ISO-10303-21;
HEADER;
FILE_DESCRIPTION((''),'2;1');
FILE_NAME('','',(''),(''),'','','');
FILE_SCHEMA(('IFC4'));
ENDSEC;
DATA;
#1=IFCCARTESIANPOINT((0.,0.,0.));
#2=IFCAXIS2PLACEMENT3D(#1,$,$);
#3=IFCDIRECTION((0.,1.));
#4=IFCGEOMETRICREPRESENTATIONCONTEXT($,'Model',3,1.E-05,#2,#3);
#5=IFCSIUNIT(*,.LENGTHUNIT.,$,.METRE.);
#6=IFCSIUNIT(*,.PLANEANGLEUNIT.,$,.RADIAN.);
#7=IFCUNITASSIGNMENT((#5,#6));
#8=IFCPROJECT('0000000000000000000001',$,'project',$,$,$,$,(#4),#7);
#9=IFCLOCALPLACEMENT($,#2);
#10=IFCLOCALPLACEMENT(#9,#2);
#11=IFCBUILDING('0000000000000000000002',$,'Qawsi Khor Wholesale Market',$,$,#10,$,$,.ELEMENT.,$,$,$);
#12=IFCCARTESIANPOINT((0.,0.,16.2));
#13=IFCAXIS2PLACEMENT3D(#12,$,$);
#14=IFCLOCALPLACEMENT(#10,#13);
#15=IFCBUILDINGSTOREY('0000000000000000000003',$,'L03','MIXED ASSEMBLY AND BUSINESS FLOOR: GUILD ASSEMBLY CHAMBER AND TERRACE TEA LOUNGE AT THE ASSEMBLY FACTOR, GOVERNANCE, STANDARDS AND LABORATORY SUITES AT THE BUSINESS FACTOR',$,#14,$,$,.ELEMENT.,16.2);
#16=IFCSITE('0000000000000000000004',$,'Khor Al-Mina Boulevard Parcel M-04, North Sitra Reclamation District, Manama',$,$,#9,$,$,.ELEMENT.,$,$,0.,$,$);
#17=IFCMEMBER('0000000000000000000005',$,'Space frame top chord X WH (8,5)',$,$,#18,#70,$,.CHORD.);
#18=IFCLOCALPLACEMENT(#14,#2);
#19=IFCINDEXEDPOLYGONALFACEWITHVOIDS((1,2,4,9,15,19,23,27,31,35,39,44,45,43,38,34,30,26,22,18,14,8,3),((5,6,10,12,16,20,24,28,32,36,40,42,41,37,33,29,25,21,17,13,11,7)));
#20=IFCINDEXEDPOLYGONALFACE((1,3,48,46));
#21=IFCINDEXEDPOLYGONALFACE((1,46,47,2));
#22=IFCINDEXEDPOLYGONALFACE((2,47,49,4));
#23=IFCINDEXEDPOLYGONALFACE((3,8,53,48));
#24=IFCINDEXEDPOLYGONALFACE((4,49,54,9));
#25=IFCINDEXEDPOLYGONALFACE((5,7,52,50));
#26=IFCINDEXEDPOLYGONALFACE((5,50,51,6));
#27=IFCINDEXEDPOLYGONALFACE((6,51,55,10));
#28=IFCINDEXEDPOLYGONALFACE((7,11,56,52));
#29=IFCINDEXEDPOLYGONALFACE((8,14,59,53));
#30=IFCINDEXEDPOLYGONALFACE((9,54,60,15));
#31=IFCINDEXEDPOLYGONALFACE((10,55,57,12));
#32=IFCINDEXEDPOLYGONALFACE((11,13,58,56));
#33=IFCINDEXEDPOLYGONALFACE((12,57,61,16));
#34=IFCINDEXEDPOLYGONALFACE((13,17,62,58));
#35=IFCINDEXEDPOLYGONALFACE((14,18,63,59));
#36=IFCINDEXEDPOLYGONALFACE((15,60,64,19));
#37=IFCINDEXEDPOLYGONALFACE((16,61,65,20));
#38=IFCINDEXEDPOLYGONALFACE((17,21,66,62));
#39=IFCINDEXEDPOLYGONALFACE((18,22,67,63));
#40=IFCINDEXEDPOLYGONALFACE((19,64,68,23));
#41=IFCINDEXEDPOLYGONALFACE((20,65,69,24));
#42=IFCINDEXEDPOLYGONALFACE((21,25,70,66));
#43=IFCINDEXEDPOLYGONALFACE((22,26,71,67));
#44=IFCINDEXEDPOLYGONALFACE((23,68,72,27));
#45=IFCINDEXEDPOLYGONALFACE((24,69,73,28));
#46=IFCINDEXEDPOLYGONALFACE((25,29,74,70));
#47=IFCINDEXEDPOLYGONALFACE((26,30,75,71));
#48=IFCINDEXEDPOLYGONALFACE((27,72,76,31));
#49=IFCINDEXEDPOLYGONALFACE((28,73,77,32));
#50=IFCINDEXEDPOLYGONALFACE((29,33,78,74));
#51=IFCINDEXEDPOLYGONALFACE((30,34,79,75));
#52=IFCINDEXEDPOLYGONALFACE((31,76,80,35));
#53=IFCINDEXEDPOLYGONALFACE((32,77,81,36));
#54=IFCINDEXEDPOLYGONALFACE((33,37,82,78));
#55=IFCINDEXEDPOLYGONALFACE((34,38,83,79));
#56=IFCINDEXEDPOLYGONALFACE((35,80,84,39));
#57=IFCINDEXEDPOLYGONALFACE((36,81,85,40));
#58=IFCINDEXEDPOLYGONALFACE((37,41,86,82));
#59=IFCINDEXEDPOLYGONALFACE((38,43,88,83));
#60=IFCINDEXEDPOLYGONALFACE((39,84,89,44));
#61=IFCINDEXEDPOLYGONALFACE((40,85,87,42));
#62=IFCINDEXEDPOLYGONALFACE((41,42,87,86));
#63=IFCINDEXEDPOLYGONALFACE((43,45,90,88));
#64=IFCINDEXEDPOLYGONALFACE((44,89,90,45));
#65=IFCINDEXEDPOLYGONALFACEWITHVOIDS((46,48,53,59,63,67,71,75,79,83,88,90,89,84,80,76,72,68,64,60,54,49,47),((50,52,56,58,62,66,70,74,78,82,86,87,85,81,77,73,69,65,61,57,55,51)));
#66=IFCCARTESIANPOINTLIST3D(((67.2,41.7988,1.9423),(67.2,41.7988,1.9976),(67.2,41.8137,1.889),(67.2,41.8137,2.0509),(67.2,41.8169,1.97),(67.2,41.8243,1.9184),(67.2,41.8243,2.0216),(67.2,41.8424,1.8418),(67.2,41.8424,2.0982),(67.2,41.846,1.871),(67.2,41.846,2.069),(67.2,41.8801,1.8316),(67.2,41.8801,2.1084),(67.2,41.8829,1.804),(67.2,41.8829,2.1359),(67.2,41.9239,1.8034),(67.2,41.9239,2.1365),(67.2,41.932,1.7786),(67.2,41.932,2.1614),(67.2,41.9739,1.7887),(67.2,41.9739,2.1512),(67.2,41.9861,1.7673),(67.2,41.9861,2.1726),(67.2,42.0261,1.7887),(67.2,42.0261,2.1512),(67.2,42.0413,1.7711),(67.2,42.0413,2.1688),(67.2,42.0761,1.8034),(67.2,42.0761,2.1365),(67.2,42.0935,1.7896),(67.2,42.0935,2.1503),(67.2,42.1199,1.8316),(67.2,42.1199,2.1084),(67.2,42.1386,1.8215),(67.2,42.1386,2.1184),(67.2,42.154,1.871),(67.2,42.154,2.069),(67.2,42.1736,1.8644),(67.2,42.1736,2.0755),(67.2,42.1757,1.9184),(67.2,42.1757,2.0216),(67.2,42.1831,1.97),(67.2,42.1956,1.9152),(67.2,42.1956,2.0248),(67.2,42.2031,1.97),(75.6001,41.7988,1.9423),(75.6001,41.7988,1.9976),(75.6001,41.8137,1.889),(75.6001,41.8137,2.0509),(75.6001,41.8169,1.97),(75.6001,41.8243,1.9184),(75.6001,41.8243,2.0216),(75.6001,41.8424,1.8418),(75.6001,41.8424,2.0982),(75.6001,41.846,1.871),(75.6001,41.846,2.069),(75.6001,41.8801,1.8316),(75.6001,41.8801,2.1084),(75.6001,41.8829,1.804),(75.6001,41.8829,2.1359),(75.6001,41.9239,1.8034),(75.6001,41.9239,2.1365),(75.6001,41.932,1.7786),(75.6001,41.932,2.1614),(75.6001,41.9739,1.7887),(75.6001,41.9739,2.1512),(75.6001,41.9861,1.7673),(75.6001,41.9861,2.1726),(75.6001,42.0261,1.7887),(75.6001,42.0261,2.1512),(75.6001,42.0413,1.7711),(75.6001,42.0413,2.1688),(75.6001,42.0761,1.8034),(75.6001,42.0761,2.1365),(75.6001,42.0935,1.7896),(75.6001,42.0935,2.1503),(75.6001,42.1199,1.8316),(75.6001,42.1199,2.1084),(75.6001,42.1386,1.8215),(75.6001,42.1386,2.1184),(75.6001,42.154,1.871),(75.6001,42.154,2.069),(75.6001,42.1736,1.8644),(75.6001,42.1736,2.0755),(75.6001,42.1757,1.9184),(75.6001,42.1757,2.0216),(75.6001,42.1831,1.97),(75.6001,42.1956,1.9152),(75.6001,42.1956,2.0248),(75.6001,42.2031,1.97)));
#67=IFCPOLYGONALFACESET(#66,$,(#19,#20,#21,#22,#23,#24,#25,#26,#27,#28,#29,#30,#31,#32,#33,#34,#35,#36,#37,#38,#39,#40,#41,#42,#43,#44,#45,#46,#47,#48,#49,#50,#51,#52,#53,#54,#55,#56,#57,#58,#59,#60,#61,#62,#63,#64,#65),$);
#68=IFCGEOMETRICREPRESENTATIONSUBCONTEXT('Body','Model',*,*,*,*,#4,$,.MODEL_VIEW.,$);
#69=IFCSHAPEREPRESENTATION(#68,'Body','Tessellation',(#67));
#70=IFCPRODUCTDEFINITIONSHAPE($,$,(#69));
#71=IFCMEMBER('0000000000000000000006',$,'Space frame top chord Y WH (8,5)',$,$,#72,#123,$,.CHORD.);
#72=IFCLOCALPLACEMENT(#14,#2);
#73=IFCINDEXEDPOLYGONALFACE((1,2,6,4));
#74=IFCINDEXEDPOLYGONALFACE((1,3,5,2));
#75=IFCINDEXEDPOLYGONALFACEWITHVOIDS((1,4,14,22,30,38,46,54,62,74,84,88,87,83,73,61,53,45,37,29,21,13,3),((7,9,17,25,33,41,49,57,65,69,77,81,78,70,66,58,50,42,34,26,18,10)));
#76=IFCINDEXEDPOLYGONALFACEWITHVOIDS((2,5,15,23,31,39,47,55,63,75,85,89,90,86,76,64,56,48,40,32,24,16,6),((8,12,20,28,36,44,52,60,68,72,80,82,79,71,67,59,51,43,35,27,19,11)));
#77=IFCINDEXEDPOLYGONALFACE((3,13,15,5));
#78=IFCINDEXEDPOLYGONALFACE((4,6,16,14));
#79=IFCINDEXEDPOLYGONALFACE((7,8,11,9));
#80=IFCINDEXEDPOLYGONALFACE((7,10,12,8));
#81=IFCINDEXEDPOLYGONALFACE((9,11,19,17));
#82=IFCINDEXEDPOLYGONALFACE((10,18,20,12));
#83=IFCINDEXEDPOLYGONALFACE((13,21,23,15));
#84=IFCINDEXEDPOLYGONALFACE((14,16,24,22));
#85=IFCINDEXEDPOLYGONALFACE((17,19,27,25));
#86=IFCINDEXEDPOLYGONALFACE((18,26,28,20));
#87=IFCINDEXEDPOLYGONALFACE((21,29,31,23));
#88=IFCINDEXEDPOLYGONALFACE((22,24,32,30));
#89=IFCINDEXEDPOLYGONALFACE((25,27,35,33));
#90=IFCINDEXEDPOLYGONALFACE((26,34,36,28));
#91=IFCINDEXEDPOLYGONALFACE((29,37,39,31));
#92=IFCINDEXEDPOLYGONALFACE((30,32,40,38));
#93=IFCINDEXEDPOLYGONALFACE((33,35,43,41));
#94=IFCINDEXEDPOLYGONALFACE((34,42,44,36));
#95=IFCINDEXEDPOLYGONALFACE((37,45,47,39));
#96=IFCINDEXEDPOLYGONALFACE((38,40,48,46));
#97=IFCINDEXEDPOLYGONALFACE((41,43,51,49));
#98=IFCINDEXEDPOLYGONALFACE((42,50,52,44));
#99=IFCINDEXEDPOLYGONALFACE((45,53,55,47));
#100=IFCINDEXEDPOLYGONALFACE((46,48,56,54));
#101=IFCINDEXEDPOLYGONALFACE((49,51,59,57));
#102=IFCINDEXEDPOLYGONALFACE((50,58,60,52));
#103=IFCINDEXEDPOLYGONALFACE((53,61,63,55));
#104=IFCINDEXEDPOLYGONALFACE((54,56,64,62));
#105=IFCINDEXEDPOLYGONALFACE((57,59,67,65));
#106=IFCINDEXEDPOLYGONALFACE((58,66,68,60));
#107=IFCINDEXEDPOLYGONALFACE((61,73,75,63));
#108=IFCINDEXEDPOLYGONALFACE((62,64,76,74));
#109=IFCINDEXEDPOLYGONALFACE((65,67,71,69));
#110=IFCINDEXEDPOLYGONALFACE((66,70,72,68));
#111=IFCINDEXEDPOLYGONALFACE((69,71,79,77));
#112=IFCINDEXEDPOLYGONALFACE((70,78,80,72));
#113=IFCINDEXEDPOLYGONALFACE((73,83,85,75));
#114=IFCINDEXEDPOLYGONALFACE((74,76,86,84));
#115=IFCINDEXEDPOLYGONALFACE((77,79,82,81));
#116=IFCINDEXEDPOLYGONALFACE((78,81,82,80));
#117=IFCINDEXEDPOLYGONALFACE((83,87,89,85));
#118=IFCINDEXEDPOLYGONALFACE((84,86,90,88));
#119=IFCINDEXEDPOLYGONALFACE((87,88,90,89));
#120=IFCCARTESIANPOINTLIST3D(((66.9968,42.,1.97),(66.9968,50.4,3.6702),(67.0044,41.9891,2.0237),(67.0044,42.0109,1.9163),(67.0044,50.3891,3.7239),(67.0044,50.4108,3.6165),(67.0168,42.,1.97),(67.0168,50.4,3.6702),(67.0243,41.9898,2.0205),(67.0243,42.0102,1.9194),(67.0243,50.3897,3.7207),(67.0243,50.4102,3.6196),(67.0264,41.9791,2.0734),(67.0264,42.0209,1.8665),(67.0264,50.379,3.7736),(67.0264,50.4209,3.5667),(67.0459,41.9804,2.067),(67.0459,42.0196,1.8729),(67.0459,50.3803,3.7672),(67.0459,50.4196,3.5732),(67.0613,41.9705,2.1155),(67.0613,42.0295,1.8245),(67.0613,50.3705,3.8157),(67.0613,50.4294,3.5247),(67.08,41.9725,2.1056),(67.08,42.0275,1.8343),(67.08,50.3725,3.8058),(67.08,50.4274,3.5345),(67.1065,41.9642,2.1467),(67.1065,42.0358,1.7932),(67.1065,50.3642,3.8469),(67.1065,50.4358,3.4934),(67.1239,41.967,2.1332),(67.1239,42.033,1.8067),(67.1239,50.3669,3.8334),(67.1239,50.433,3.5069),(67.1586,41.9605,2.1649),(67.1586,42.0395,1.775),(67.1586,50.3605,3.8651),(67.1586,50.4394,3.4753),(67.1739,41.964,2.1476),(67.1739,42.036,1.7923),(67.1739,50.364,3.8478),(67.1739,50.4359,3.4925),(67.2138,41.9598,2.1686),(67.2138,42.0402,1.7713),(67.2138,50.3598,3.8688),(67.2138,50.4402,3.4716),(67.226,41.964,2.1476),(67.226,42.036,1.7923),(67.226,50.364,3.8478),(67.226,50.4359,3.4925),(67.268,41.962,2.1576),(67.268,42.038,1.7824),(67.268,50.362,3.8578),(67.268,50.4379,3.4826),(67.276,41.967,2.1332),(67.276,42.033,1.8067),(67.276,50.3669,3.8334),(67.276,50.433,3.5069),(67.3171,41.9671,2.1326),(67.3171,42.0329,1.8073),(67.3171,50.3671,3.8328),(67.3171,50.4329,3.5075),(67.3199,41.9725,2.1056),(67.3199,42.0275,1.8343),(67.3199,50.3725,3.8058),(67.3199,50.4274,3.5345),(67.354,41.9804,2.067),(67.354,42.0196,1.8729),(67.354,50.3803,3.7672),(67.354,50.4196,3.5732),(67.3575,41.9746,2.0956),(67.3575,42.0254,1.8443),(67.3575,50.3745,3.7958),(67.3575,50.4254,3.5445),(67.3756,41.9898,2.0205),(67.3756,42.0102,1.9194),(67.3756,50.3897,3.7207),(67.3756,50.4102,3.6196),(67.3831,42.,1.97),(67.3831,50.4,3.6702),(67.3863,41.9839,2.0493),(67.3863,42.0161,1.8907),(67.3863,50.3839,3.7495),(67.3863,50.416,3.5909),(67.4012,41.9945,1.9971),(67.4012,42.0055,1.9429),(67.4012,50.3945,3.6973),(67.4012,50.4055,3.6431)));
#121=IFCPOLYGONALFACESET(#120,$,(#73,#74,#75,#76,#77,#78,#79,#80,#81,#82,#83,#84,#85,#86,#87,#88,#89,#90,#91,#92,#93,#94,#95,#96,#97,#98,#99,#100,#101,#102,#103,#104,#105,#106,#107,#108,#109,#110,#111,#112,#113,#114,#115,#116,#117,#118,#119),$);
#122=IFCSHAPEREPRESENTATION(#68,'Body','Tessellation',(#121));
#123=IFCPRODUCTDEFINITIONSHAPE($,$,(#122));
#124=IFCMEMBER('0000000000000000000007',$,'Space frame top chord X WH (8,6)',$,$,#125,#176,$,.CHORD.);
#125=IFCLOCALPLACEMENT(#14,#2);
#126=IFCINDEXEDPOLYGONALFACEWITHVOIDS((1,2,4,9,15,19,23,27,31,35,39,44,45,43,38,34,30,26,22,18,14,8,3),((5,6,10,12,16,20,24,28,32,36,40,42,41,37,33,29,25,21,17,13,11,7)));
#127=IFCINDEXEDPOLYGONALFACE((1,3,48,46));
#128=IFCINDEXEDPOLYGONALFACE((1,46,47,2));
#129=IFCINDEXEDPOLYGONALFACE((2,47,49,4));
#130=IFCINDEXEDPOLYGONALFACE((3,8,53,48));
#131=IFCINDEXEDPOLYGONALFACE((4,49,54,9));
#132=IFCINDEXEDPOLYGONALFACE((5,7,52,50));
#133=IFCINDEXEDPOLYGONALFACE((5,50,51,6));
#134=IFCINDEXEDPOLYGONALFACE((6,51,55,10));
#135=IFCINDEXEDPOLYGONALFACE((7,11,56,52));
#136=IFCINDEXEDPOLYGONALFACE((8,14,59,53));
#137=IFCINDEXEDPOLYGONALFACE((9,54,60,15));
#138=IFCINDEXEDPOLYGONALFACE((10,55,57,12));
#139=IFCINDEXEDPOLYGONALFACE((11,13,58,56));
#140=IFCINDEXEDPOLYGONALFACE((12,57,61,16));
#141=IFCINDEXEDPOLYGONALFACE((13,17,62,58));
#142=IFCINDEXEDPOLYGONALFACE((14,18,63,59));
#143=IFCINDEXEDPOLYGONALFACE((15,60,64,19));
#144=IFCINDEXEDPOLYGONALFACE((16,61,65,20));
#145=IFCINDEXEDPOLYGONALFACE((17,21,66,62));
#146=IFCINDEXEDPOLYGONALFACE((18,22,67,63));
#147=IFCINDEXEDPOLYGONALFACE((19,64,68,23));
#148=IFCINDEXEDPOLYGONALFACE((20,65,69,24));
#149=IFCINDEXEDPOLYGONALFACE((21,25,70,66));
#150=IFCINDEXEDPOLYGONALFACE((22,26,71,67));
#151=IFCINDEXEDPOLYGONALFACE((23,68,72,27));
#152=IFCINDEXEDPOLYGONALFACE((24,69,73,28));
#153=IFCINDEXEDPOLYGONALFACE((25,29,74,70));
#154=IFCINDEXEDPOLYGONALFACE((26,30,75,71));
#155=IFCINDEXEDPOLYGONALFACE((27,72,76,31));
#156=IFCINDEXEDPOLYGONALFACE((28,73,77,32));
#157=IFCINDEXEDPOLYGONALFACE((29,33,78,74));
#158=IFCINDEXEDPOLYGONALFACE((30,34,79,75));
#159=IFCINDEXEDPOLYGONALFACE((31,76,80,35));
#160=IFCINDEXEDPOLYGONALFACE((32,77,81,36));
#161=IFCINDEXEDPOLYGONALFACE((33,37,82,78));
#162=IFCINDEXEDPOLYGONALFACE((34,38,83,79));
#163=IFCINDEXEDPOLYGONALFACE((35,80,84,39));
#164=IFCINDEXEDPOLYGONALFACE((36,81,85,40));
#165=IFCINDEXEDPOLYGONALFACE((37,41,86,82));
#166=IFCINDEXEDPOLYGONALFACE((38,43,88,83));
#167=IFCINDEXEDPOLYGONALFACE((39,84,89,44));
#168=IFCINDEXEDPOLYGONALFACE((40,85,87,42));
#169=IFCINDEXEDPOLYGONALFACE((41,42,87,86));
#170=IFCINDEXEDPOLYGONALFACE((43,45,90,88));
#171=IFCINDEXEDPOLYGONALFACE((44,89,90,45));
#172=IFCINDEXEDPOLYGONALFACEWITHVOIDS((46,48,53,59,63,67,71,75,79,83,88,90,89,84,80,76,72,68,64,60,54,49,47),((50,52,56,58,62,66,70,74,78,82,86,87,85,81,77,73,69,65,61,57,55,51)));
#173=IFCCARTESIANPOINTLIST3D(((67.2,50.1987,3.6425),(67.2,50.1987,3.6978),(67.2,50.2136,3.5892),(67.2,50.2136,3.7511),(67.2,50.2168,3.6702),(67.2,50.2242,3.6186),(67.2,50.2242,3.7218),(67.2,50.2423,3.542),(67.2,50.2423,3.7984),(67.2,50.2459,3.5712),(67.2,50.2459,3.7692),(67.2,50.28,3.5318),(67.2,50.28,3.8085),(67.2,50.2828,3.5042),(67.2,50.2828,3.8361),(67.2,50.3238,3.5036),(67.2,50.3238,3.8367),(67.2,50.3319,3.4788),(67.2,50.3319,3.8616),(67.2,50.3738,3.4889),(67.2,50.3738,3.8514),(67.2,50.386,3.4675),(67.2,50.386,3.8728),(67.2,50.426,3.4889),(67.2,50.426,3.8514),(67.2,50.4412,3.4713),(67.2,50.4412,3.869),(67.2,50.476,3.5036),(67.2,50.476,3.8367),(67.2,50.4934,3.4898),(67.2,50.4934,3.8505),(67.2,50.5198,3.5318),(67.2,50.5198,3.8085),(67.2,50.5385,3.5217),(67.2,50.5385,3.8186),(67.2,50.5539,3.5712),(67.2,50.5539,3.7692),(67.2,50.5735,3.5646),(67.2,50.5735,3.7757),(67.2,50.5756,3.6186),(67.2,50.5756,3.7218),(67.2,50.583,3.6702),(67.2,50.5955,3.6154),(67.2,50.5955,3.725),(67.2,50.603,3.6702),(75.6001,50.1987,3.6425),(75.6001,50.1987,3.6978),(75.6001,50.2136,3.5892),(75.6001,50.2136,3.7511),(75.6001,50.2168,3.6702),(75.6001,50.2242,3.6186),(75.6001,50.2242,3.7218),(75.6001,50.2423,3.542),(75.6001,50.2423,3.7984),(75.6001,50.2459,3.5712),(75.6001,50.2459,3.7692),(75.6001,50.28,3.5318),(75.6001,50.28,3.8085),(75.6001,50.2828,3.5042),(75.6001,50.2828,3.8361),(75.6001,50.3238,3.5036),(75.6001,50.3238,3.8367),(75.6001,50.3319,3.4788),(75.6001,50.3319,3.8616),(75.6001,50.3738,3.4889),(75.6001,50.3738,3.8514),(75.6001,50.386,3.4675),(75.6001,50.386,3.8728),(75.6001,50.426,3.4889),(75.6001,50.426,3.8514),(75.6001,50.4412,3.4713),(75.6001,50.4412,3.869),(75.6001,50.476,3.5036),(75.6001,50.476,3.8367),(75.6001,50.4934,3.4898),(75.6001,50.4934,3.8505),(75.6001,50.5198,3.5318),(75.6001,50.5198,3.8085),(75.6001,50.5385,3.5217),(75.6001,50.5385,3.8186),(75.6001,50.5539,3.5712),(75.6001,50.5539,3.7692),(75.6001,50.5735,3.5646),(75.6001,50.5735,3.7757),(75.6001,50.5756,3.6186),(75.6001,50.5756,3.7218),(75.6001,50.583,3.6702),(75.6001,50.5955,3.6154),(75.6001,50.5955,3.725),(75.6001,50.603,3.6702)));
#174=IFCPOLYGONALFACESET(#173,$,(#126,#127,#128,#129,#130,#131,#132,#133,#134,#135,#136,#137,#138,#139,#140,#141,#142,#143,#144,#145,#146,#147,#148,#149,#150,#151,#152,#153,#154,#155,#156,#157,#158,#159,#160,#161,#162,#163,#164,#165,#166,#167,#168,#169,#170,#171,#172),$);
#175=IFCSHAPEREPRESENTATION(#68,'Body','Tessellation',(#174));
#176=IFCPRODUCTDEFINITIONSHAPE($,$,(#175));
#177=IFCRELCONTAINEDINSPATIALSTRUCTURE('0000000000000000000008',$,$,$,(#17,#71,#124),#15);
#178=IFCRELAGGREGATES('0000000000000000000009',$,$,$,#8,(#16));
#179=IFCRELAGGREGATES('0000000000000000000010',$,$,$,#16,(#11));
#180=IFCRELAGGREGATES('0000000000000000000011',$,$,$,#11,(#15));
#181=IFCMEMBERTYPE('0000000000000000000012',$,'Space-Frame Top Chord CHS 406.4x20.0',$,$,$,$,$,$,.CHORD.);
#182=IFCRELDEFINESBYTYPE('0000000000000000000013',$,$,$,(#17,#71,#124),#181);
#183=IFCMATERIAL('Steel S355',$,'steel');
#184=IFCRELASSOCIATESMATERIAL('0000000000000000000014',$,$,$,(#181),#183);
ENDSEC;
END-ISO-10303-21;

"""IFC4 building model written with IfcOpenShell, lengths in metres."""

from ifc_helpers import new_model, si_unit, direction, frame, origin, origin_2d, place, context, subcontext, project, spatial, hollow_circle, extrude, material, material_profile, profile_set, type_object, element, save


model = new_model("IFC4")

# Units and contexts
model_context = context("Model", 3, precision=1e-05, world=origin(), true_north=direction((0.0, 1.0)))
body_context = subcontext(model_context, "Body", "Model", "MODEL_VIEW")
ifc_project = project(units=[si_unit("LENGTHUNIT", "METRE"), si_unit("PLANEANGLEUNIT", "RADIAN")], contexts=[model_context])

# Site, building, storey
site_placement = place(None, origin())
site = spatial("IfcSite", under=ifc_project, at=site_placement, Name="Khor Al-Mina Boulevard Parcel M-04, North Sitra Reclamation District, Manama", CompositionType="ELEMENT", RefElevation=0.0)
building_placement = place(site_placement, origin())
building = spatial("IfcBuilding", under=site, at=building_placement, Name="Qawsi Khor Wholesale Market", CompositionType="ELEMENT")
storey_placement = place(building_placement, frame((0.0, 0.0, 16.2)))
storey = spatial("IfcBuildingStorey", under=building, at=storey_placement, Name="L03", Description="MIXED ASSEMBLY AND BUSINESS FLOOR: GUILD ASSEMBLY CHAMBER AND TERRACE TEA LOUNGE AT THE ASSEMBLY FACTOR, GOVERNANCE, STANDARDS AND LABORATORY SUITES AT THE BUSINESS FACTOR", CompositionType="ELEMENT", Elevation=16.2)

# Members
ifc_material_1 = material(Name="Steel S355", Category="steel")
ifc_material_profile_1 = material_profile(ifc_material_1, hollow_circle(Radius=0.2031, WallThickness=0.02, at=origin_2d()), Name="CHS 406.4x20.0")
ifc_profile_set_1 = profile_set([ifc_material_profile_1], Name="Steel S355")
member_type_1 = type_object("IfcMemberType", Name="Space-Frame Top Chord CHS 406.4x20.0", PredefinedType="CHORD", material=ifc_profile_set_1)
member_1_placement = place(storey_placement, frame((67.2, 42.0, 1.97), z_axis=(1.0, 0.0, 0.0), x_axis=(0.0, 1.0, 0.0)))
element("IfcMember", 1, at=member_1_placement, inside=storey, type_object=member_type_1, Name="Space frame top chord X WH (8,5)", PredefinedType="CHORD", context=body_context, shape_type="SweptSolid", body=[
    extrude(hollow_circle(Radius=0.2031, WallThickness=0.02, at=origin_2d()), origin(), (0.0, 0.0, 1.0), 8.4001),
])
member_2_placement = place(storey_placement, frame((67.2, 42.0, 1.97), z_axis=(0.0, 0.980124, 0.198384), x_axis=(-1.0, 0.0, 0.0)))
element("IfcMember", 2, at=member_2_placement, inside=storey, type_object=member_type_1, Name="Space frame top chord Y WH (8,5)", PredefinedType="CHORD", context=body_context, shape_type="SweptSolid", body=[
    extrude(hollow_circle(Radius=0.2031, WallThickness=0.02, at=origin_2d()), origin(), (0.0, 0.0, 1.0), 8.5703),
])
member_3_placement = place(storey_placement, frame((67.2, 50.3999, 3.6702), z_axis=(1.0, 0.0, 0.0), x_axis=(0.0, 1.0, 0.0)))
element("IfcMember", 3, at=member_3_placement, inside=storey, type_object=member_type_1, Name="Space frame top chord X WH (8,6)", PredefinedType="CHORD", context=body_context, shape_type="SweptSolid", body=[
    extrude(hollow_circle(Radius=0.2031, WallThickness=0.02, at=origin_2d()), origin(), (0.0, 0.0, 1.0), 8.4001),
])

save(model, "model.ifc")
